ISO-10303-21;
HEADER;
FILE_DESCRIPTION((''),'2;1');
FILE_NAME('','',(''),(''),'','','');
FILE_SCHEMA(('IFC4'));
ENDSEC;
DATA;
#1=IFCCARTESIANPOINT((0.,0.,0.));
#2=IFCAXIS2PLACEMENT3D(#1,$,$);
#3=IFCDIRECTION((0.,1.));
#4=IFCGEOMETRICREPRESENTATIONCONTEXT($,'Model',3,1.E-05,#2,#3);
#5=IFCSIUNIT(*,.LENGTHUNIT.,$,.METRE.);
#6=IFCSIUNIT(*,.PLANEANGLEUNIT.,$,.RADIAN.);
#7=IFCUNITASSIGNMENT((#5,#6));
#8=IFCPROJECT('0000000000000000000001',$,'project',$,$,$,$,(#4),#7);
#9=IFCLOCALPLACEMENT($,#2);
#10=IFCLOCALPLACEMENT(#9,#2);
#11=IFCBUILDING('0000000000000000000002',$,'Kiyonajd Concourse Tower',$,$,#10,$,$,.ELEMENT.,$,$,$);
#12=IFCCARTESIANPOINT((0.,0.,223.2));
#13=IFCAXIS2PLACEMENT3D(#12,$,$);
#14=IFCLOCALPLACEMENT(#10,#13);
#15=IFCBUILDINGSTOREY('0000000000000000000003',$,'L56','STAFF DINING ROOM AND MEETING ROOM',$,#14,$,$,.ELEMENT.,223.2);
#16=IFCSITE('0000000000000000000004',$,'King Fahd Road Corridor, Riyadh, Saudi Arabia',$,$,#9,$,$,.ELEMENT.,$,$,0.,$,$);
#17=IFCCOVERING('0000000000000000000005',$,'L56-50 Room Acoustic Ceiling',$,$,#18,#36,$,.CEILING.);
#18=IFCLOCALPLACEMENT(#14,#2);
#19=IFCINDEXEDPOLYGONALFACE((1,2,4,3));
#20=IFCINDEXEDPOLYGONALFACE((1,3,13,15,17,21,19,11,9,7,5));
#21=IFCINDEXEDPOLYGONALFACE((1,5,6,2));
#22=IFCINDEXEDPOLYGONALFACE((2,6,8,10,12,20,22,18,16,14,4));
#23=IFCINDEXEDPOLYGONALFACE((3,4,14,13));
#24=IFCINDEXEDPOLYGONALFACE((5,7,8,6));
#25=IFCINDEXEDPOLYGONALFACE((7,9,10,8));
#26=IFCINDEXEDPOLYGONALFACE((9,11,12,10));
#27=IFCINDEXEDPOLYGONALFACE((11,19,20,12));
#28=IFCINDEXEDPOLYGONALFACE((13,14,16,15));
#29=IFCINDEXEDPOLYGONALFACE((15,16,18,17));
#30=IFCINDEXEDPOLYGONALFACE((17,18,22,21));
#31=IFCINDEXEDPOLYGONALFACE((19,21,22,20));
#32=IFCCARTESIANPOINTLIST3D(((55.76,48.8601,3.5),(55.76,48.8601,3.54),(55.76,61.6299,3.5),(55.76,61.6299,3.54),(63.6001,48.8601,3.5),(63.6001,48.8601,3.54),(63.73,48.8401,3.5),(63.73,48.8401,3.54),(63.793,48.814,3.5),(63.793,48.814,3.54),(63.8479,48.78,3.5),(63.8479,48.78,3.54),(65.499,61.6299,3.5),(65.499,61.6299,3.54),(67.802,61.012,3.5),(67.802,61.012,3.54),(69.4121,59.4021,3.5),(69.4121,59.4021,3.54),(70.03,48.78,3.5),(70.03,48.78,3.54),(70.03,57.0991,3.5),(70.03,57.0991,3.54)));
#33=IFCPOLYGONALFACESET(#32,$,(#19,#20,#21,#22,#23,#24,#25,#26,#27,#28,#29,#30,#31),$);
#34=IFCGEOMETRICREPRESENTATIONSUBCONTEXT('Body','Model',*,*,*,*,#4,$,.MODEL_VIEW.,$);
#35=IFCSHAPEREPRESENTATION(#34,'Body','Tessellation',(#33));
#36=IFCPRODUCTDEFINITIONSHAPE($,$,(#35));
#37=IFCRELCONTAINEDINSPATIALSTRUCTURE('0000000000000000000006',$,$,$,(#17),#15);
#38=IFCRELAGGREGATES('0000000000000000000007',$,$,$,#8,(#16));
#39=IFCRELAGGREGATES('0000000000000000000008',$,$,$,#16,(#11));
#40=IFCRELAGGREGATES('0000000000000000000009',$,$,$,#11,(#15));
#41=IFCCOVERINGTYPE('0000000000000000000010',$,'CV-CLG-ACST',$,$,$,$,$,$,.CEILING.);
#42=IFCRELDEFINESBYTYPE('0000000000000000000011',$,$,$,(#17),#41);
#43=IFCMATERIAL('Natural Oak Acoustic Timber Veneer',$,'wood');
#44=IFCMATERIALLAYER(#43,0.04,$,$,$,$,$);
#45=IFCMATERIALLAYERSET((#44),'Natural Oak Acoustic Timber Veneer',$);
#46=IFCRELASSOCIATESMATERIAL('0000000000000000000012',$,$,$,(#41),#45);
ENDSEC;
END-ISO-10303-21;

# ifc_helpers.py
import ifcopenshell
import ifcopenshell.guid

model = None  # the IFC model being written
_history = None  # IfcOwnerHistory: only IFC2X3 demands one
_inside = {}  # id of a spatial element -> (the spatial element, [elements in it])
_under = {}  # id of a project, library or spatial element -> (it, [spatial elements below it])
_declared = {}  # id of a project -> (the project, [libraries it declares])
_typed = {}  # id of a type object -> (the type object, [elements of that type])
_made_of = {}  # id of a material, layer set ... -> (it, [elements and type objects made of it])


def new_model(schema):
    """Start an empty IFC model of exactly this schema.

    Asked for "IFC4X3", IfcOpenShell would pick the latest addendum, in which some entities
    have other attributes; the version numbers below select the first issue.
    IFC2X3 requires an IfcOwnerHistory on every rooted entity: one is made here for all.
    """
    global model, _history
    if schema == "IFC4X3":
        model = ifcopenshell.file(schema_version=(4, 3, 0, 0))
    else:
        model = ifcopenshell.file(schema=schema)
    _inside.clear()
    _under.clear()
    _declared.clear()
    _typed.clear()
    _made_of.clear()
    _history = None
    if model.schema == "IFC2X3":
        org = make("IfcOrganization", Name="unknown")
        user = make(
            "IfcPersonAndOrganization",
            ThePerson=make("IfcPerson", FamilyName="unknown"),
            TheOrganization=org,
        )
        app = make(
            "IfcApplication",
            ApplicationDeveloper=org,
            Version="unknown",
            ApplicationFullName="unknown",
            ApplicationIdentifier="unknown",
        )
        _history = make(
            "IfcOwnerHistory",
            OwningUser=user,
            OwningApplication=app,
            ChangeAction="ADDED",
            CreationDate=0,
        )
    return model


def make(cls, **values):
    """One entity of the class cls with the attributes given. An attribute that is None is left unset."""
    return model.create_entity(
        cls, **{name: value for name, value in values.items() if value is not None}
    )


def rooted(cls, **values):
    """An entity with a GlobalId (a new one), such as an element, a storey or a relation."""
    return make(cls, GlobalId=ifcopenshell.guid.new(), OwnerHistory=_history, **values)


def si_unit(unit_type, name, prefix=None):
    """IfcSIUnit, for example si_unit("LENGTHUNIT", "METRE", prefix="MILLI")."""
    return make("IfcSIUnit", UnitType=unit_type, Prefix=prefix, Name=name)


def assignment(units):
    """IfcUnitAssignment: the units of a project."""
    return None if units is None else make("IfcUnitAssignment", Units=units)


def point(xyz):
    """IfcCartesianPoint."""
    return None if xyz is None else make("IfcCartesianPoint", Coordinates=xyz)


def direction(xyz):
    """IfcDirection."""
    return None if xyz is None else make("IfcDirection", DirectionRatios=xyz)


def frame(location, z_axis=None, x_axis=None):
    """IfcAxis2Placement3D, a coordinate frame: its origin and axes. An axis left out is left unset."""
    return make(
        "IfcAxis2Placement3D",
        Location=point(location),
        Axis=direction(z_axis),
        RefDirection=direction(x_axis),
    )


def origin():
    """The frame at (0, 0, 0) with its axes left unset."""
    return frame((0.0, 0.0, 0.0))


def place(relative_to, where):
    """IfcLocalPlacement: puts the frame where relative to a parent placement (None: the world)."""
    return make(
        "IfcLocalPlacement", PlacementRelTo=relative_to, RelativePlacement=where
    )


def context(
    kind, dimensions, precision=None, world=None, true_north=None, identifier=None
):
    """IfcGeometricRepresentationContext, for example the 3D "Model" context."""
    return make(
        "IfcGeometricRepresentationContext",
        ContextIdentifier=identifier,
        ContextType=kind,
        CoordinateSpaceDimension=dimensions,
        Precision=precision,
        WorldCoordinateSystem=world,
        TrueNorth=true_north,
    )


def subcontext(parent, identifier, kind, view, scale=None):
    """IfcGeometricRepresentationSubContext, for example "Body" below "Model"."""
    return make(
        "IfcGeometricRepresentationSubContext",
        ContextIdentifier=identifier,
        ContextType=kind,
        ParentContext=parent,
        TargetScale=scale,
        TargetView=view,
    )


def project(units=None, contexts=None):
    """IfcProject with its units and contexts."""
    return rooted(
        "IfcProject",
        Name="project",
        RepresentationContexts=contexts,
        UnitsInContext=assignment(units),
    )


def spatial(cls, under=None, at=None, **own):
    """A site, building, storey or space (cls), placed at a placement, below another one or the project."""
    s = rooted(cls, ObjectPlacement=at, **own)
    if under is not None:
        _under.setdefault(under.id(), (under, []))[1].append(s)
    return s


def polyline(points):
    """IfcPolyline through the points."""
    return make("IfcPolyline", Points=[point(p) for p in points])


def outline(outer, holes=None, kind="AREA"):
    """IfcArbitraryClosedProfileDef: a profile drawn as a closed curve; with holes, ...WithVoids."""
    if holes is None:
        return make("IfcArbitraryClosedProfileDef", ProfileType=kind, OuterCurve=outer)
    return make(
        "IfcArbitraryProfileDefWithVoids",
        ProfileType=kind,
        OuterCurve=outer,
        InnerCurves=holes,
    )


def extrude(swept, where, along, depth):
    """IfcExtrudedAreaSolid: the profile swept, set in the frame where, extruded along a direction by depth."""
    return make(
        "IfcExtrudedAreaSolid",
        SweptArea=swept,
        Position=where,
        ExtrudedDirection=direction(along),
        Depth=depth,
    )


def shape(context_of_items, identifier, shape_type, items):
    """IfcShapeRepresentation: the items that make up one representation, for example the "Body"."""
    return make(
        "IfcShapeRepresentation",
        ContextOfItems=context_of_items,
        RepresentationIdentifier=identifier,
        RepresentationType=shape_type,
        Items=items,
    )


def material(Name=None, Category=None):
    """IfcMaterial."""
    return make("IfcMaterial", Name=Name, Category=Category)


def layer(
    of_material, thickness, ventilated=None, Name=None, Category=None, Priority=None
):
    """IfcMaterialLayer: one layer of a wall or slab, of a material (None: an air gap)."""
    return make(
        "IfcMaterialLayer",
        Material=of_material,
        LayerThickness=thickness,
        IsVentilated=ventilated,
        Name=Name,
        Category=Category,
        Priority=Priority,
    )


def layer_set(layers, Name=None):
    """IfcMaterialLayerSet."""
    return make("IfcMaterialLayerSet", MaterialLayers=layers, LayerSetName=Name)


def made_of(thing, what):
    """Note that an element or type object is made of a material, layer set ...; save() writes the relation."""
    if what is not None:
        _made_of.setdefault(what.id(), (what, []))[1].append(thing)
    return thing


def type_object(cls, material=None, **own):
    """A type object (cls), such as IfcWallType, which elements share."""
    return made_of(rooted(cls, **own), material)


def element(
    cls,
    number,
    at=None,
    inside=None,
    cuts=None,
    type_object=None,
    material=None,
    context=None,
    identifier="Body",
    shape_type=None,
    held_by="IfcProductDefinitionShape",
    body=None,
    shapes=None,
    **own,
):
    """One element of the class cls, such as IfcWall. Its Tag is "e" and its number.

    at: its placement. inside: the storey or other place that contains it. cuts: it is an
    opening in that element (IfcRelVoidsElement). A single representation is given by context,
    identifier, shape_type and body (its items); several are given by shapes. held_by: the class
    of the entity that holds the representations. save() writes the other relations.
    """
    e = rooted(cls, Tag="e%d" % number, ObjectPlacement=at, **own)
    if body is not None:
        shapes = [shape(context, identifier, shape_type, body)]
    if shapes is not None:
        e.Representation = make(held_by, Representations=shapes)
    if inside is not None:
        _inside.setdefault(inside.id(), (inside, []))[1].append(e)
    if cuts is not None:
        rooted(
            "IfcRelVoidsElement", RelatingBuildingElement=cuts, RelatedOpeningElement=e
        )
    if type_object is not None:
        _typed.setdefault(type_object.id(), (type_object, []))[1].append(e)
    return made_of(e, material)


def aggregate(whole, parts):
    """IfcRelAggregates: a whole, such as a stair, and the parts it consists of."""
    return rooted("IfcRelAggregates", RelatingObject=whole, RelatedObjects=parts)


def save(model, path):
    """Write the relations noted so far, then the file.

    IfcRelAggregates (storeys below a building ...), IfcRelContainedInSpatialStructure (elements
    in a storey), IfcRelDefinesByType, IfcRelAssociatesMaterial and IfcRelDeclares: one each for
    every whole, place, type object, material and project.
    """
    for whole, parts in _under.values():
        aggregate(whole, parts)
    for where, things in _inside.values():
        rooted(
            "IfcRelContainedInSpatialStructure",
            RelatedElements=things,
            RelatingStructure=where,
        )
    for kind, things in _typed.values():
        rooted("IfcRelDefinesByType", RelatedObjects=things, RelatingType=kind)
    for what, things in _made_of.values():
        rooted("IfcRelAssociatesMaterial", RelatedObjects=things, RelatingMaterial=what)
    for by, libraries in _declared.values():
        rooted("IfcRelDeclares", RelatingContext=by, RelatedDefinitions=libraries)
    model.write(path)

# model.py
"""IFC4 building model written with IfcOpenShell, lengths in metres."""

from ifc_helpers import new_model, si_unit, direction, frame, origin, place, context, subcontext, project, spatial, polyline, outline, extrude, material, layer, layer_set, type_object, element, save


model = new_model("IFC4")

# Units and contexts
model_context = context("Model", 3, precision=1e-05, world=origin(), true_north=direction((0.0, 1.0)))
body_context = subcontext(model_context, "Body", "Model", "MODEL_VIEW")
ifc_project = project(units=[si_unit("LENGTHUNIT", "METRE"), si_unit("PLANEANGLEUNIT", "RADIAN")], contexts=[model_context])

# Site, building, storey
site_placement = place(None, origin())
site = spatial("IfcSite", under=ifc_project, at=site_placement, Name="King Fahd Road Corridor, Riyadh, Saudi Arabia", CompositionType="ELEMENT", RefElevation=0.0)
building_placement = place(site_placement, origin())
building = spatial("IfcBuilding", under=site, at=building_placement, Name="Kiyonajd Concourse Tower", CompositionType="ELEMENT")
storey_placement = place(building_placement, frame((0.0, 0.0, 223.2)))
storey = spatial("IfcBuildingStorey", under=building, at=storey_placement, Name="L56", Description="STAFF DINING ROOM AND MEETING ROOM", CompositionType="ELEMENT", Elevation=223.2)

# Shared definitions
ifc_material_1 = material(Name="Natural Oak Acoustic Timber Veneer", Category="wood")

# Covering
ifc_layer_1 = layer(ifc_material_1, 0.04)
ifc_layer_set_1 = layer_set([ifc_layer_1], Name="Natural Oak Acoustic Timber Veneer")
covering_type = type_object("IfcCoveringType", Name="CV-CLG-ACST", PredefinedType="CEILING", material=ifc_layer_set_1)
covering_1_placement = place(storey_placement, frame((0.0, 0.0, 3.5)))
element("IfcCovering", 1, at=covering_1_placement, inside=storey, type_object=covering_type, Name="L56-50 Room Acoustic Ceiling", PredefinedType="CEILING", context=body_context, shape_type="SweptSolid", body=[
    extrude(outline(polyline([(63.8479, 48.78), (63.793, 48.814), (63.73, 48.8401), (63.6001, 48.8601), (55.76, 48.8601), (55.76, 61.6299), (65.499, 61.6299), (67.802, 61.012), (69.4121, 59.4021), (70.03, 57.0991), (70.03, 48.78), (63.8479, 48.78)])), origin(), (0.0, 0.0, 1.0), 0.04),
])

save(model, "model.ifc")
